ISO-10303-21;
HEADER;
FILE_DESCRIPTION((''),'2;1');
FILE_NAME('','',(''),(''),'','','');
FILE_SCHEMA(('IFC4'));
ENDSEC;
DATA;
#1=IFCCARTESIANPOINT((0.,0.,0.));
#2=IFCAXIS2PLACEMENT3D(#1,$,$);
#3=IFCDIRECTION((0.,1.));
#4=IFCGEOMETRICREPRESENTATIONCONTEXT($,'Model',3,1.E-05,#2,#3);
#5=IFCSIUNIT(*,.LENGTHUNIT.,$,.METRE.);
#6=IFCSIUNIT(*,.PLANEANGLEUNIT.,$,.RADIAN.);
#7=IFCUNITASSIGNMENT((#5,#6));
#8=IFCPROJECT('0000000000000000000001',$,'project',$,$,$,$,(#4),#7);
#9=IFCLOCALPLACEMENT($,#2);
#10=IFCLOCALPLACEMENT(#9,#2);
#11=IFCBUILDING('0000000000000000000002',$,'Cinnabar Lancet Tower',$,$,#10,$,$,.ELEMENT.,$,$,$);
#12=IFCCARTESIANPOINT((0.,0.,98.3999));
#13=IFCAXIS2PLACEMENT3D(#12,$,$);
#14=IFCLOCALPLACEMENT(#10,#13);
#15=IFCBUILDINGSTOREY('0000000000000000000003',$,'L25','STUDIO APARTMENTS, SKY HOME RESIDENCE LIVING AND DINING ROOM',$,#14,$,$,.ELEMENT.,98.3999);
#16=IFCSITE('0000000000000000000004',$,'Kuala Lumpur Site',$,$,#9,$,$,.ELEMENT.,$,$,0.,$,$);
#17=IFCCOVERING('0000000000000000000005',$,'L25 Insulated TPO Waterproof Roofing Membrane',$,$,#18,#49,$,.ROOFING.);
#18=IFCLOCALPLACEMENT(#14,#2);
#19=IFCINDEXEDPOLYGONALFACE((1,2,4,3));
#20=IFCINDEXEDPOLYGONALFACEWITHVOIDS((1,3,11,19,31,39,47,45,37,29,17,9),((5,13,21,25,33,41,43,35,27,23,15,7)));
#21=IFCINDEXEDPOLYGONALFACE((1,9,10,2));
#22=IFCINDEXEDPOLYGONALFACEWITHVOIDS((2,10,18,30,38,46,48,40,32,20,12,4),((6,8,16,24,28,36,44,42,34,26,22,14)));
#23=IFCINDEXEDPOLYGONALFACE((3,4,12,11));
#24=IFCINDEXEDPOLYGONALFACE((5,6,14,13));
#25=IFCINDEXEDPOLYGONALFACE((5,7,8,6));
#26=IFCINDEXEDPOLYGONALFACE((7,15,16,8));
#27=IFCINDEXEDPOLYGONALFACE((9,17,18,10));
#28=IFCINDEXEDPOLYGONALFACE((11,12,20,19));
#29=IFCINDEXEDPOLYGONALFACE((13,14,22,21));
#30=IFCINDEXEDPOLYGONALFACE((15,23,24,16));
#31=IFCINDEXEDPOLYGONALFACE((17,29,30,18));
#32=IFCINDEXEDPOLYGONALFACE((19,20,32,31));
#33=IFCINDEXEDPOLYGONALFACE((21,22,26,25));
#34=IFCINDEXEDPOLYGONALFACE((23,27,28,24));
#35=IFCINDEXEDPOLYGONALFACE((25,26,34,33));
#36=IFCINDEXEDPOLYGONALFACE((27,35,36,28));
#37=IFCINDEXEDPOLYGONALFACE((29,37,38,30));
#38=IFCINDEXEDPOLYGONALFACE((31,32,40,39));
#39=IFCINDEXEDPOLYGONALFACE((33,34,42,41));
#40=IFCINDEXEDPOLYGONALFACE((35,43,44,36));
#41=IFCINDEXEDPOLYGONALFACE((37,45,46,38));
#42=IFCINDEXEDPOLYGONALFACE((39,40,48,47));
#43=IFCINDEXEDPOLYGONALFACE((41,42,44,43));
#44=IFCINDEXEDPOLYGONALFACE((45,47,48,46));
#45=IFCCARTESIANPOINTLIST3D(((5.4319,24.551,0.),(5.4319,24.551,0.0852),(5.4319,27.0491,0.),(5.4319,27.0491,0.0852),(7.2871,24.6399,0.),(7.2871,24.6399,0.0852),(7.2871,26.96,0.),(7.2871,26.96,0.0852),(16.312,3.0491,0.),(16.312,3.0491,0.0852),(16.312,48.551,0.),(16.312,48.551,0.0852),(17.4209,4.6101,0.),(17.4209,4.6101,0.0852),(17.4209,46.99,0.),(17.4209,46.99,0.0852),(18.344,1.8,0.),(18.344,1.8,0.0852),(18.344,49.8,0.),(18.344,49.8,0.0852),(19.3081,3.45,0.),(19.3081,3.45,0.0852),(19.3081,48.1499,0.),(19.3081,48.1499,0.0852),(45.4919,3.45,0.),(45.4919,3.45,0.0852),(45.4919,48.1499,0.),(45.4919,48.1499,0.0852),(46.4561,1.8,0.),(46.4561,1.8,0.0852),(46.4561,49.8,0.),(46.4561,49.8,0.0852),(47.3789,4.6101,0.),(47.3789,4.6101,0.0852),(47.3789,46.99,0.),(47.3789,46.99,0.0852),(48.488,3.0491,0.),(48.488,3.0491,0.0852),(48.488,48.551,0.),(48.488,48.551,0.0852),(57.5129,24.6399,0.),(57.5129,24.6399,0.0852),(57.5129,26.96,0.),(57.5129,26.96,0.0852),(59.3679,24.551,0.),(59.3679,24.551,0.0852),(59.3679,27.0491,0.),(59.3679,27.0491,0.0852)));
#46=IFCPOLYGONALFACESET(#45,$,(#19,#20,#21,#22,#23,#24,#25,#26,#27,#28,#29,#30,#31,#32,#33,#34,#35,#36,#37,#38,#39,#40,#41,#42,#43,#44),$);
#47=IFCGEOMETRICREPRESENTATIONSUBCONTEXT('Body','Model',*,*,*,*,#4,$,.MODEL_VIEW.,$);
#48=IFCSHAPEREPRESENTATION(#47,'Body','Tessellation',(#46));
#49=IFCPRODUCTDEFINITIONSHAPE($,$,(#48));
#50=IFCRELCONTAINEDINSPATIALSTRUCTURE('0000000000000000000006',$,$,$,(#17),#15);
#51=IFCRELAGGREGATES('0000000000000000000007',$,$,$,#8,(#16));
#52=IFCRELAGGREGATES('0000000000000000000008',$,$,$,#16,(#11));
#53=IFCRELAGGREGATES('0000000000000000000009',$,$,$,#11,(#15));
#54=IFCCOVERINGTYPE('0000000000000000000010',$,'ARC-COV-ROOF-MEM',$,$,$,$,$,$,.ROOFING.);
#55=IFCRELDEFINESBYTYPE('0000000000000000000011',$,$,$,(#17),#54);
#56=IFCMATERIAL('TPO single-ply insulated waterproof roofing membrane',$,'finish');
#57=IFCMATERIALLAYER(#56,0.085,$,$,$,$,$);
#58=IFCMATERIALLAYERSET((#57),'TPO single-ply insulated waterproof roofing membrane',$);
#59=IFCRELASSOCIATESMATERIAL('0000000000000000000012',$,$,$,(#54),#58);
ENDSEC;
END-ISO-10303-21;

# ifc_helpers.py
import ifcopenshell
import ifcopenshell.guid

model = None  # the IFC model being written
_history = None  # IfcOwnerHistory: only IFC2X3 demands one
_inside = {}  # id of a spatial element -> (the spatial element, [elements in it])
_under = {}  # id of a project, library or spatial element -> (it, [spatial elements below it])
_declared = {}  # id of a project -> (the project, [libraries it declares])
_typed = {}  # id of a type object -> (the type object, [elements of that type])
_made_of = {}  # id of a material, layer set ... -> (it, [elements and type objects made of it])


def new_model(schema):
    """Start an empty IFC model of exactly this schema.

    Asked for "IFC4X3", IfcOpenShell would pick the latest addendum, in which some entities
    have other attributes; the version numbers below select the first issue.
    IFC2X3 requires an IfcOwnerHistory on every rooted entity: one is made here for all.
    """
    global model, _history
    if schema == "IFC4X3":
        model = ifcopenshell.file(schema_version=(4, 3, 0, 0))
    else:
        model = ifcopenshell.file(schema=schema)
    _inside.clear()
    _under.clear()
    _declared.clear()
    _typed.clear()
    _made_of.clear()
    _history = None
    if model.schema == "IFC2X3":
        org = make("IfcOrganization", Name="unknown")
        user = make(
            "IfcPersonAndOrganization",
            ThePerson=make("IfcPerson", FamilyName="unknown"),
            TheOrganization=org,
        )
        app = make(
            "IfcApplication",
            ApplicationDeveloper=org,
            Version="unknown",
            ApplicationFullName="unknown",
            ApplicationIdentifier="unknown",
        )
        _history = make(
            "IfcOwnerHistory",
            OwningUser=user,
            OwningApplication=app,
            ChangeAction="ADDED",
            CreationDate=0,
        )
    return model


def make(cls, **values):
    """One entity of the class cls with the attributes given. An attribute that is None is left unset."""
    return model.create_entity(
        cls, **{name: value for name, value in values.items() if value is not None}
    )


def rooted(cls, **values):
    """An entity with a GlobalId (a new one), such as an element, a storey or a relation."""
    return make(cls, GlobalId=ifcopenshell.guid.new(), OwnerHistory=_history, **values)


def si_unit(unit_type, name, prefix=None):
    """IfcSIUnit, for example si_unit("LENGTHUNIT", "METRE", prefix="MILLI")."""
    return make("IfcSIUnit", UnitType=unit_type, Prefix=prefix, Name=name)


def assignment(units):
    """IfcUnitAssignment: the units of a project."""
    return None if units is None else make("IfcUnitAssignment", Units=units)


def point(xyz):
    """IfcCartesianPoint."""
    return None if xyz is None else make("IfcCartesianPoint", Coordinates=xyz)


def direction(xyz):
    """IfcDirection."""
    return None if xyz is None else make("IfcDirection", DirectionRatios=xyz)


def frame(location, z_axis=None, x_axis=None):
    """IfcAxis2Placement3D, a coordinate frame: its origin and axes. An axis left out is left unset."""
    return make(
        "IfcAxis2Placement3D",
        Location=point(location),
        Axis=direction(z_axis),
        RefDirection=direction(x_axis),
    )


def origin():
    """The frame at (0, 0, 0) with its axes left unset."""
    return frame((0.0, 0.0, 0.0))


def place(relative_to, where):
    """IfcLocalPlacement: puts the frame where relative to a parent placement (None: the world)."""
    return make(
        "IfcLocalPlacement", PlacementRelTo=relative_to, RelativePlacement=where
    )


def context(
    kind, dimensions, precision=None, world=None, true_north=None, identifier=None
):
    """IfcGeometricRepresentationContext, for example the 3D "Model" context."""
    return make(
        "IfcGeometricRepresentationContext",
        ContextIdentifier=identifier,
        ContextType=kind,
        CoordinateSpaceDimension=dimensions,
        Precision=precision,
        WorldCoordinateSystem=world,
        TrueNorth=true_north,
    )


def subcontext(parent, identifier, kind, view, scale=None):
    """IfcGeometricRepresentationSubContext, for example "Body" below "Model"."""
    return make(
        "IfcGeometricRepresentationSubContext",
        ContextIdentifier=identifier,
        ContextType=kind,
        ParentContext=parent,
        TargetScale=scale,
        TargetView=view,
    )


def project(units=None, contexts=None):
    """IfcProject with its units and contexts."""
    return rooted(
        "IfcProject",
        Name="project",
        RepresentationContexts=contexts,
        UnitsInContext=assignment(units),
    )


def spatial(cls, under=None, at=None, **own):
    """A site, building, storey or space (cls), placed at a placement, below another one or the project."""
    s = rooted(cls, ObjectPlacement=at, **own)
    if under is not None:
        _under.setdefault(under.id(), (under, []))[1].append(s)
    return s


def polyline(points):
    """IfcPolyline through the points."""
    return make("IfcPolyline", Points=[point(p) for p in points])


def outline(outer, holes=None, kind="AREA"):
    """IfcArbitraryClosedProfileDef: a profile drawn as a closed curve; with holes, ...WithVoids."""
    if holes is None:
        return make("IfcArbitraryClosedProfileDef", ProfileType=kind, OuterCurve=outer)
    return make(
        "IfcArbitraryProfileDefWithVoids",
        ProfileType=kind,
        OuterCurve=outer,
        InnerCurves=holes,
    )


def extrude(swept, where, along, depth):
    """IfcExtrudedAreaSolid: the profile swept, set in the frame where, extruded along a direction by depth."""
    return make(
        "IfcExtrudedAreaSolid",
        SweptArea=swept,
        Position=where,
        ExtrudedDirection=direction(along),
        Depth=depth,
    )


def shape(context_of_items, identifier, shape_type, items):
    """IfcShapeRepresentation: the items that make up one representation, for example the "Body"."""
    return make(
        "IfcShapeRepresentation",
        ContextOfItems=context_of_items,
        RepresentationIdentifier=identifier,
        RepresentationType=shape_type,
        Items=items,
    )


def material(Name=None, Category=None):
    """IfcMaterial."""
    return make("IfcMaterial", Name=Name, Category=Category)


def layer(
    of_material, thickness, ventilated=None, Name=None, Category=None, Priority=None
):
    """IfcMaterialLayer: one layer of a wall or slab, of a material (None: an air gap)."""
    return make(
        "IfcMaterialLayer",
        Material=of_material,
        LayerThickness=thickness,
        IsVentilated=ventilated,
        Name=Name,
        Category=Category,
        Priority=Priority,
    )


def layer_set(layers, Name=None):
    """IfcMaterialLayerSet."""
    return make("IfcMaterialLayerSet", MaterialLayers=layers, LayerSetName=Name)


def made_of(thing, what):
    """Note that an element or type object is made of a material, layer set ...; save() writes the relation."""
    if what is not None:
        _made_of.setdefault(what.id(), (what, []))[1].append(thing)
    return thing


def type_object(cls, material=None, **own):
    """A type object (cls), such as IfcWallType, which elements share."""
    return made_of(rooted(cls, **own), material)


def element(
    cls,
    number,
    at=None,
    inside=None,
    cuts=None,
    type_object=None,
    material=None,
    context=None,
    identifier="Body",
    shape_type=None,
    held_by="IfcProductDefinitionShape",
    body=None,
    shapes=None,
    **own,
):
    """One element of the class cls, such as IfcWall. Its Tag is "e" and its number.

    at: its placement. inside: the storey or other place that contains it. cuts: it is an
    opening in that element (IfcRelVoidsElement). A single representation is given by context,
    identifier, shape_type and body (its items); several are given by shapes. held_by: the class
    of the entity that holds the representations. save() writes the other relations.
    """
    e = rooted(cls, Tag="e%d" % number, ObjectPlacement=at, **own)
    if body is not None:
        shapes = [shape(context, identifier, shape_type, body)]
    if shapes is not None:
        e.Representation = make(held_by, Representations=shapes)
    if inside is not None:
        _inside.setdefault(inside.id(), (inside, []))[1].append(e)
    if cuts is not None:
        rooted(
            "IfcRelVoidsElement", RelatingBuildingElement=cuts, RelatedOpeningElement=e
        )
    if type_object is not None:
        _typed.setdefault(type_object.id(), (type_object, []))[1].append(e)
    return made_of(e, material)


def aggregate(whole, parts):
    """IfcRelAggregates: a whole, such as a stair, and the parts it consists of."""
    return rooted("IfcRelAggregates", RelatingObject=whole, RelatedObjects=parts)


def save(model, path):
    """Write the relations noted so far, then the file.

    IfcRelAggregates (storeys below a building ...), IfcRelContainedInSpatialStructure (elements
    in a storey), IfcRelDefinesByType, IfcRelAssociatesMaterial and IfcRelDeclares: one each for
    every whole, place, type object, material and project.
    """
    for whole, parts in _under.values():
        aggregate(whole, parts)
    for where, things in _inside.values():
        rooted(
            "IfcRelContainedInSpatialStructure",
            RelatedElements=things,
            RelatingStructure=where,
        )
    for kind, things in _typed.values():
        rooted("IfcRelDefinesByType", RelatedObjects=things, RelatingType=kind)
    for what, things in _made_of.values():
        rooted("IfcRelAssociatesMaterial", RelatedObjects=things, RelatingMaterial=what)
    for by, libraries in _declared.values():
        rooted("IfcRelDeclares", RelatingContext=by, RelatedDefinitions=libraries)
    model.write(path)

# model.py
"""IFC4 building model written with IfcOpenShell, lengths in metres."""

from ifc_helpers import new_model, si_unit, direction, frame, origin, place, context, subcontext, project, spatial, polyline, outline, extrude, material, layer, layer_set, type_object, element, save


model = new_model("IFC4")

# Units and contexts
model_context = context("Model", 3, precision=1e-05, world=origin(), true_north=direction((0.0, 1.0)))
body_context = subcontext(model_context, "Body", "Model", "MODEL_VIEW")
ifc_project = project(units=[si_unit("LENGTHUNIT", "METRE"), si_unit("PLANEANGLEUNIT", "RADIAN")], contexts=[model_context])

# Site, building, storey
site_placement = place(None, origin())
site = spatial("IfcSite", under=ifc_project, at=site_placement, Name="Kuala Lumpur Site", CompositionType="ELEMENT", RefElevation=0.0)
building_placement = place(site_placement, origin())
building = spatial("IfcBuilding", under=site, at=building_placement, Name="Cinnabar Lancet Tower", CompositionType="ELEMENT")
storey_placement = place(building_placement, frame((0.0, 0.0, 98.3999)))
storey = spatial("IfcBuildingStorey", under=building, at=storey_placement, Name="L25", Description="STUDIO APARTMENTS, SKY HOME RESIDENCE LIVING AND DINING ROOM", CompositionType="ELEMENT", Elevation=98.3999)

# Covering
ifc_material_1 = material(Name="TPO single-ply insulated waterproof roofing membrane", Category="finish")
ifc_layer_1 = layer(ifc_material_1, 0.085)
ifc_layer_set_1 = layer_set([ifc_layer_1], Name="TPO single-ply insulated waterproof roofing membrane")
covering_type = type_object("IfcCoveringType", Name="ARC-COV-ROOF-MEM", PredefinedType="ROOFING", material=ifc_layer_set_1)
covering_placement = place(storey_placement, origin())
element("IfcCovering", 1, at=covering_placement, inside=storey, type_object=covering_type, Name="L25 Insulated TPO Waterproof Roofing Membrane", PredefinedType="ROOFING", context=body_context, shape_type="SweptSolid", body=[
    extrude(outline(polyline([(16.312, 3.0491), (18.344, 1.8), (46.4561, 1.8), (48.488, 3.0491), (59.3679, 24.551), (59.3679, 27.0491), (48.488, 48.551), (46.4561, 49.8), (18.344, 49.8), (16.312, 48.551), (5.4319, 27.0491), (5.4319, 24.551), (16.312, 3.0491)]), holes=[polyline([(17.4209, 4.6101), (19.3081, 3.45), (45.4919, 3.45), (47.3789, 4.6101), (57.5129, 24.6399), (57.5129, 26.96), (47.3789, 46.99), (45.4919, 48.1499), (19.3081, 48.1499), (17.4209, 46.99), (7.2871, 26.96), (7.2871, 24.6399), (17.4209, 4.6101)])]), origin(), (0.0, 0.0, 1.0), 0.0852),
])

save(model, "model.ifc")
